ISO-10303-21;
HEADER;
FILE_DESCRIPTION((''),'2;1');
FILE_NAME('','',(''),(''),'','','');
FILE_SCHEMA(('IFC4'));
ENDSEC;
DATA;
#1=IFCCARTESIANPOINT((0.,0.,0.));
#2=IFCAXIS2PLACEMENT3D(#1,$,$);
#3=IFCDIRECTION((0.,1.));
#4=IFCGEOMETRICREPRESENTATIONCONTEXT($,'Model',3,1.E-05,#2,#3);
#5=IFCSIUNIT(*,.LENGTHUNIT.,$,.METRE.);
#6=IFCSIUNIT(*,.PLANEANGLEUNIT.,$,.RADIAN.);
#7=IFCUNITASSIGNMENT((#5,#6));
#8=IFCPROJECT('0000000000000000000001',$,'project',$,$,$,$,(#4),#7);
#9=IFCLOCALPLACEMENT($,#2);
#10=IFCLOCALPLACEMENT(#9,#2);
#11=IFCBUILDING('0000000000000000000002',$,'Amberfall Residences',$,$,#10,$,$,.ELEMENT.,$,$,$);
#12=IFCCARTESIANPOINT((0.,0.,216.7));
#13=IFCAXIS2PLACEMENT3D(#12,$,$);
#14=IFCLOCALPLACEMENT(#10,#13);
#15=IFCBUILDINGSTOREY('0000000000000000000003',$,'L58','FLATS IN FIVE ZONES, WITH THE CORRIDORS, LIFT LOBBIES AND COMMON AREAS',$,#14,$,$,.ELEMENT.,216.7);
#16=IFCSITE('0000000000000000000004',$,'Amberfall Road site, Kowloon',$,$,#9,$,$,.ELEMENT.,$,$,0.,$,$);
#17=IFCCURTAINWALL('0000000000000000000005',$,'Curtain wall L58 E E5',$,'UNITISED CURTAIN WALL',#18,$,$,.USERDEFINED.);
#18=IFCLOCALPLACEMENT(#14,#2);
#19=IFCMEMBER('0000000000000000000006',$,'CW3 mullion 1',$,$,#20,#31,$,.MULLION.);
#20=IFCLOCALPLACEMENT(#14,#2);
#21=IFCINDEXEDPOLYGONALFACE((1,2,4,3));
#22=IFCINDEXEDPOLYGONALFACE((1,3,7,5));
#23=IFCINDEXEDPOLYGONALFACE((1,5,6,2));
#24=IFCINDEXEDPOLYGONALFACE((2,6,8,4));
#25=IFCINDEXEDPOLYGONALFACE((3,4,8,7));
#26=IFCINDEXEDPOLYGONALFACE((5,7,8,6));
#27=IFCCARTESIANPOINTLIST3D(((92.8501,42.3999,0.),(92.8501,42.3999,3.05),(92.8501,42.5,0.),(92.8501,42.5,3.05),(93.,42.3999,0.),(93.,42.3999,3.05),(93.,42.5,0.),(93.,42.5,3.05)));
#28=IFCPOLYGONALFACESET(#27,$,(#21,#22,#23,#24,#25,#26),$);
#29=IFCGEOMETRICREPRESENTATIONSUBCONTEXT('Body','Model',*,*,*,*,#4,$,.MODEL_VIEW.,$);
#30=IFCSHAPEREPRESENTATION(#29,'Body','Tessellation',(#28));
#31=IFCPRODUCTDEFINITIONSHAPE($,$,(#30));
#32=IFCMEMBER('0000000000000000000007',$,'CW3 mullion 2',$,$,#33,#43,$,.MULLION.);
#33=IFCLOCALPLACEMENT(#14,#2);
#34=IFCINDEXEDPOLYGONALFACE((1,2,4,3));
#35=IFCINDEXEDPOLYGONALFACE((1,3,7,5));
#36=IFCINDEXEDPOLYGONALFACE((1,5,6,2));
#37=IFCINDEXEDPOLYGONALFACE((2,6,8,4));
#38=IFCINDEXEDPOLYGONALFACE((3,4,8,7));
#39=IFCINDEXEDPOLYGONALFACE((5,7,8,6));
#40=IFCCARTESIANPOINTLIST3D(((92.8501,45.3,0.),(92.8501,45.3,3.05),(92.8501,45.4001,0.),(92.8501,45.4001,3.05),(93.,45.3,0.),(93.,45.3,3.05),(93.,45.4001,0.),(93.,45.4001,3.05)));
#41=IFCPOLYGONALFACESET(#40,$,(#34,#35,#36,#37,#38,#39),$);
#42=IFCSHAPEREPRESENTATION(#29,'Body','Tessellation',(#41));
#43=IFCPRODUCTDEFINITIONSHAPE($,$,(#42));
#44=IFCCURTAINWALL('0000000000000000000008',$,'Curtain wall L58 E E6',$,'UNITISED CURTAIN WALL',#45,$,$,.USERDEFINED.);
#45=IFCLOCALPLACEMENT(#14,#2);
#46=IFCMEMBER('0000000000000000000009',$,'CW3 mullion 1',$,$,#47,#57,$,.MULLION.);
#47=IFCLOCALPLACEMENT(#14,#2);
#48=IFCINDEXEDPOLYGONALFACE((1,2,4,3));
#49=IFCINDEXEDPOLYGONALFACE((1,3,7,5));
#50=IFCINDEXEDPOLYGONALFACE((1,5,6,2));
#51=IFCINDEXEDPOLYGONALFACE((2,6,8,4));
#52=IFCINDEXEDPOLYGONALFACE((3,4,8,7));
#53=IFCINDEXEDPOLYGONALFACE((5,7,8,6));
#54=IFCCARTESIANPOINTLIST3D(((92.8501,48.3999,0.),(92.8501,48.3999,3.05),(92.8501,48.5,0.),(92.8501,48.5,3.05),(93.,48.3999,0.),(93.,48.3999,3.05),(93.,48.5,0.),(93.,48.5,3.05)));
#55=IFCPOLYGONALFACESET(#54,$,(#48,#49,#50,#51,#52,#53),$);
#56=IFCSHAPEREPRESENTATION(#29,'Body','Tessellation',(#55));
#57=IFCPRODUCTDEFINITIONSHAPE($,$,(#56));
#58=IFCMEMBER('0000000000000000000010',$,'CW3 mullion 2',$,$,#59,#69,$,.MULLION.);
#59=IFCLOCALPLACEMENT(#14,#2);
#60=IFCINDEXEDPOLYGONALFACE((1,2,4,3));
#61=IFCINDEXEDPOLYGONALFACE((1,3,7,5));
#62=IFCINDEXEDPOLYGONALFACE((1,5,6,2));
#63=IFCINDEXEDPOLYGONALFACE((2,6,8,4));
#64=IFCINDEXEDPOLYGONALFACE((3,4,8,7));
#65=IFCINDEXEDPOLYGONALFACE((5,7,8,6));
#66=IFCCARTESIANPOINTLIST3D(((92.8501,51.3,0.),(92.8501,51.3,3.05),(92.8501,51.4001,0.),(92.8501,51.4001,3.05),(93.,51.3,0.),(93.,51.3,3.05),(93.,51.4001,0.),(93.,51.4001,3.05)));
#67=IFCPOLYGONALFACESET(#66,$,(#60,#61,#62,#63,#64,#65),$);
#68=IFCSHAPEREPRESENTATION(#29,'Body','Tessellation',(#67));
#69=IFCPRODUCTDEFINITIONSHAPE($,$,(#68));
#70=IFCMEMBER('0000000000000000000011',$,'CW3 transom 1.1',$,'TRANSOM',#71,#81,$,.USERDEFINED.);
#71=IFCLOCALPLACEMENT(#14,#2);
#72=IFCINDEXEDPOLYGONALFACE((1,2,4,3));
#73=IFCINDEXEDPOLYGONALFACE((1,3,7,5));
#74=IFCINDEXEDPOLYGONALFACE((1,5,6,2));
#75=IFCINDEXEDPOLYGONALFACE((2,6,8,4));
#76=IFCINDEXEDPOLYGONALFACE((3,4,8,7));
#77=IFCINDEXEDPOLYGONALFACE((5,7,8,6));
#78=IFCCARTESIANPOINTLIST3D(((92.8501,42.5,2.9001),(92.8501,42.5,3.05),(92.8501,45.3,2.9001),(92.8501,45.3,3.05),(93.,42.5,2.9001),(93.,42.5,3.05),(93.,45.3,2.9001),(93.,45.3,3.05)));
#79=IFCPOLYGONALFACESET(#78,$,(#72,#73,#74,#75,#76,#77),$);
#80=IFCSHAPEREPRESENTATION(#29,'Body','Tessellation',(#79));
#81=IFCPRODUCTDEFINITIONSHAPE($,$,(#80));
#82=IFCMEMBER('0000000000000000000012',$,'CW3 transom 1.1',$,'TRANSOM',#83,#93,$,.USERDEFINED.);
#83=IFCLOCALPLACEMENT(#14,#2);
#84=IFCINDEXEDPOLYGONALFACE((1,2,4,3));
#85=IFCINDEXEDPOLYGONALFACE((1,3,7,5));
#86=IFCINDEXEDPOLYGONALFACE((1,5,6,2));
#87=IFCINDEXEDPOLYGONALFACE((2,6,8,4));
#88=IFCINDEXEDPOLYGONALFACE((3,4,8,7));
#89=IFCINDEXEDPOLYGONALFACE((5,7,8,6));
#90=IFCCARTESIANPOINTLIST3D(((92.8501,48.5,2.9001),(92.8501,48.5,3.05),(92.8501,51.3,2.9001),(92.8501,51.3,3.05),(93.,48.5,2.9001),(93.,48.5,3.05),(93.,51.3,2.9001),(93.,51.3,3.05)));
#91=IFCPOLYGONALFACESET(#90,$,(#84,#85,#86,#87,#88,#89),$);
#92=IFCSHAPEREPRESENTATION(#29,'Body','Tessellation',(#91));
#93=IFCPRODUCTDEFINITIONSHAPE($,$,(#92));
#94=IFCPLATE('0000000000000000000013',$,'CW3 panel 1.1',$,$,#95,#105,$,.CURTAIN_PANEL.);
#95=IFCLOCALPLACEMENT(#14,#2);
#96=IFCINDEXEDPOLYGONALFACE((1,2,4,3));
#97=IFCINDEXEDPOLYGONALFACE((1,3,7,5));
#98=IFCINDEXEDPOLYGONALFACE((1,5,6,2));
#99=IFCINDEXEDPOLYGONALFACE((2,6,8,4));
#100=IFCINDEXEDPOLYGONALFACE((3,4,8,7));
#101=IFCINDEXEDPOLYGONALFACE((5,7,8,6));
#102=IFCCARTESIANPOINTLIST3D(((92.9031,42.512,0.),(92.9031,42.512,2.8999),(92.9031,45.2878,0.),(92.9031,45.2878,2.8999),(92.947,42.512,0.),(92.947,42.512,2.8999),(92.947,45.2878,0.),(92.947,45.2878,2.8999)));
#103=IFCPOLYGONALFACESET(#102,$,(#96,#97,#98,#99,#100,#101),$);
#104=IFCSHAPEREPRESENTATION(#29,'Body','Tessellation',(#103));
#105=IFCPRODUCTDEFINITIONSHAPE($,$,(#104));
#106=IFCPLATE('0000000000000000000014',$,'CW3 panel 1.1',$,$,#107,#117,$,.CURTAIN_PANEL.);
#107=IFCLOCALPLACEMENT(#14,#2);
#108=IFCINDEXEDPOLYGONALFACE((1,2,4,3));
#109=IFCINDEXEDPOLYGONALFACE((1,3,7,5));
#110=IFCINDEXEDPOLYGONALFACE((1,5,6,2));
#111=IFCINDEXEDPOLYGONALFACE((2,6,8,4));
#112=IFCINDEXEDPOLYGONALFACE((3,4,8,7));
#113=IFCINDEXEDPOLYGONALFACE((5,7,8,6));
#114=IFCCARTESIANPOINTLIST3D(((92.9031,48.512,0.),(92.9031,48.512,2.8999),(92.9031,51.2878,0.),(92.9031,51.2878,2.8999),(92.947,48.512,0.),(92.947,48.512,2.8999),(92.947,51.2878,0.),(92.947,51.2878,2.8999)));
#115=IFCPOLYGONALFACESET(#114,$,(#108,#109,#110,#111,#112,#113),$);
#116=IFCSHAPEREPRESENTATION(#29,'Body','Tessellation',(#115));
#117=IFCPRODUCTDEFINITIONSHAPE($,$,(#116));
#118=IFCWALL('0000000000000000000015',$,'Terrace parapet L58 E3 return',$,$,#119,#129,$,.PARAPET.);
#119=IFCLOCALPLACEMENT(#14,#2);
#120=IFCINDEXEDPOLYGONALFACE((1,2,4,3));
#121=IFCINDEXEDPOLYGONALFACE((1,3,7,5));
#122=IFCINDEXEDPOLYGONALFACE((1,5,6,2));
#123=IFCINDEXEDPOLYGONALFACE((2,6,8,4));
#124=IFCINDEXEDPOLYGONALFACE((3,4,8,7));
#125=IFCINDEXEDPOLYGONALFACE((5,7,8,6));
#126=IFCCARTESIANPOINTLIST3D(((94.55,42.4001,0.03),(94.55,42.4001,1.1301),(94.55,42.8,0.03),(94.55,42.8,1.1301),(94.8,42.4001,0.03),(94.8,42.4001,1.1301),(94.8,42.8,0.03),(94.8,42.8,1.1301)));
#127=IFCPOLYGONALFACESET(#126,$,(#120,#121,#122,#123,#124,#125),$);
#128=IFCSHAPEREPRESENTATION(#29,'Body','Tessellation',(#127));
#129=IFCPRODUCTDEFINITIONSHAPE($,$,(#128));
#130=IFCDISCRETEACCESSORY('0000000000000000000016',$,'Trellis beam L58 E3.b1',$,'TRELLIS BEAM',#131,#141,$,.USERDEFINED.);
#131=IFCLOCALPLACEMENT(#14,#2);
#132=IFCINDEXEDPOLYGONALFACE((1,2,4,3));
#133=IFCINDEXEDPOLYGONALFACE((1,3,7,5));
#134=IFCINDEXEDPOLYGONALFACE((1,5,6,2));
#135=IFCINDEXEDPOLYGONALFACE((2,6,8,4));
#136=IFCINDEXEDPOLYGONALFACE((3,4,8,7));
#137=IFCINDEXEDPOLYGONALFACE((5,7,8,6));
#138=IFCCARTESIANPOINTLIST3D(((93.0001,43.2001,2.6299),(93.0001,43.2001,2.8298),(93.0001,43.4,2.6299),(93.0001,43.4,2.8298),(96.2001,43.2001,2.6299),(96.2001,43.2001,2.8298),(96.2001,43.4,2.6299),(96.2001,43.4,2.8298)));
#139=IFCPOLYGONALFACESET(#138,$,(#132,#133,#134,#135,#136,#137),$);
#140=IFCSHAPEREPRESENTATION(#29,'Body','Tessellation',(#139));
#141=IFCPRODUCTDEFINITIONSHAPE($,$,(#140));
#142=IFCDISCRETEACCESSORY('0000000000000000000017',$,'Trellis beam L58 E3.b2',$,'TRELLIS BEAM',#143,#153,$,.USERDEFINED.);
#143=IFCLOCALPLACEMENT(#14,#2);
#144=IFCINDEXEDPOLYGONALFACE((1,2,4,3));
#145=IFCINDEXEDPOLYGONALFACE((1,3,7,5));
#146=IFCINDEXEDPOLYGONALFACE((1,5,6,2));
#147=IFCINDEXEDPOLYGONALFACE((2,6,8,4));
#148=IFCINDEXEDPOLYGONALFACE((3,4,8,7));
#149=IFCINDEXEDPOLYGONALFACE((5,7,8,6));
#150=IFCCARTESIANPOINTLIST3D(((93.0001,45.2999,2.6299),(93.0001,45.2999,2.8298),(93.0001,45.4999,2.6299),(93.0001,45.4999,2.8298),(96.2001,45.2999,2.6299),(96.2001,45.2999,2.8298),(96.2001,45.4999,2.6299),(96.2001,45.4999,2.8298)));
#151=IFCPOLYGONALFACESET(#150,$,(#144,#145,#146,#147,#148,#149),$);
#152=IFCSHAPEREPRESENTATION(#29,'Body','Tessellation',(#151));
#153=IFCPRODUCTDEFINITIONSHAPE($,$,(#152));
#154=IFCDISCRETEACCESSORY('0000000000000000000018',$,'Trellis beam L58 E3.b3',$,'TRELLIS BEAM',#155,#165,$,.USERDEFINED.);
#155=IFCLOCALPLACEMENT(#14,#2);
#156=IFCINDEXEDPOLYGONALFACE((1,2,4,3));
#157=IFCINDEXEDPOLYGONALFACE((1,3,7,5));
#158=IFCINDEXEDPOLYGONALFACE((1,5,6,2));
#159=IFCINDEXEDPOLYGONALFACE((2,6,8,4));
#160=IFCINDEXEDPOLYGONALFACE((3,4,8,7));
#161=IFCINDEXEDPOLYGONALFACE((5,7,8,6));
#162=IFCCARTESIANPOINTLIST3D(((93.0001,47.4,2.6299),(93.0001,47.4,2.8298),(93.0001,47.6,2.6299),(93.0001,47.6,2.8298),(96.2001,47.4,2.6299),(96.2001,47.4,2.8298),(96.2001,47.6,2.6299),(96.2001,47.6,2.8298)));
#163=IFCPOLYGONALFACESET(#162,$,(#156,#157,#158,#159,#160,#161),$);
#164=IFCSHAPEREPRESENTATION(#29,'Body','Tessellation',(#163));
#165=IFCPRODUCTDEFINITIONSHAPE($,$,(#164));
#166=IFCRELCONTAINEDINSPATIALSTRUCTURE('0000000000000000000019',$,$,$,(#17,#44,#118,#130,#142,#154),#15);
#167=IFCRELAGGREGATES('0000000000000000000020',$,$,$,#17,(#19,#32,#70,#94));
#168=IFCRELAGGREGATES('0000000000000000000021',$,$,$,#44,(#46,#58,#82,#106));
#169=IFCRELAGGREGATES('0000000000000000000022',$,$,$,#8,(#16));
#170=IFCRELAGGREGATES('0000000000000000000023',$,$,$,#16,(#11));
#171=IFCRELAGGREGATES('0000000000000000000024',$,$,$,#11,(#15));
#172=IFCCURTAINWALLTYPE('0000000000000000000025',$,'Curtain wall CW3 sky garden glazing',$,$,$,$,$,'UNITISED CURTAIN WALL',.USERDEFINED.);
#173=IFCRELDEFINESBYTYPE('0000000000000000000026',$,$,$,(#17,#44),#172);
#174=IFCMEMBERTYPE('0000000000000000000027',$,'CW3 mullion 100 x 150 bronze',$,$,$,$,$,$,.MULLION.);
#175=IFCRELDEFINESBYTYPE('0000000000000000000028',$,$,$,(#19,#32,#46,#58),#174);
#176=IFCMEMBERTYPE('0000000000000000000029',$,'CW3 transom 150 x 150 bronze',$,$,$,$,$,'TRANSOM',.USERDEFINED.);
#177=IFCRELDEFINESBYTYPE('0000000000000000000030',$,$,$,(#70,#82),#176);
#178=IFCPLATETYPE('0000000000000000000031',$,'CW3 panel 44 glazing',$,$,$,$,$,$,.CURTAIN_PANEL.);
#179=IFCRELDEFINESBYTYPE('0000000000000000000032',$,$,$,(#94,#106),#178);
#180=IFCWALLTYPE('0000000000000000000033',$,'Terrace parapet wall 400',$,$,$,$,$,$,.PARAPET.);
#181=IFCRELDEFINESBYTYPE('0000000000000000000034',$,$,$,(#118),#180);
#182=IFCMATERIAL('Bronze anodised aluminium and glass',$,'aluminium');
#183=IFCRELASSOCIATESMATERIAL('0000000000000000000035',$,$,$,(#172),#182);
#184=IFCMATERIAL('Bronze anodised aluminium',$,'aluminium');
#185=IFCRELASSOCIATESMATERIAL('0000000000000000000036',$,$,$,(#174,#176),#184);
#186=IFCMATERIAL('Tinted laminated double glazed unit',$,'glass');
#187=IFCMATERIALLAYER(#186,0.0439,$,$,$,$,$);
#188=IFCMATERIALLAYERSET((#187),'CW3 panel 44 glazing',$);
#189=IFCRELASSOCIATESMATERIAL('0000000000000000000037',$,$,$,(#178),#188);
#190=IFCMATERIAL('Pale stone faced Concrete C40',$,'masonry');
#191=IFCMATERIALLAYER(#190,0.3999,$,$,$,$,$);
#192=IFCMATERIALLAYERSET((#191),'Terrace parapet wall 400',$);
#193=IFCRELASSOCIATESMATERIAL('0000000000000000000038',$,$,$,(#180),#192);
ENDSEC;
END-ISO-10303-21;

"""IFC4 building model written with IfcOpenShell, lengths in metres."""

from ifc_helpers import new_model, si_unit, direction, frame, frame_2d, origin, origin_2d, place, context, subcontext, project, spatial, rectangle, extrude, material, layer, layer_set, material_profile, profile_set, type_object, element, aggregate, save


model = new_model("IFC4")

# Units and contexts
model_context = context("Model", 3, precision=1e-05, world=origin(), true_north=direction((0.0, 1.0)))
body_context = subcontext(model_context, "Body", "Model", "MODEL_VIEW")
ifc_project = project(units=[si_unit("LENGTHUNIT", "METRE"), si_unit("PLANEANGLEUNIT", "RADIAN")], contexts=[model_context])

# Site, building, storey
site_placement = place(None, origin())
site = spatial("IfcSite", under=ifc_project, at=site_placement, Name="Amberfall Road site, Kowloon", CompositionType="ELEMENT", RefElevation=0.0)
building_placement = place(site_placement, origin())
building = spatial("IfcBuilding", under=site, at=building_placement, Name="Amberfall Residences", CompositionType="ELEMENT")
storey_placement = place(building_placement, frame((0.0, 0.0, 216.7)))
storey = spatial("IfcBuildingStorey", under=building, at=storey_placement, Name="L58", Description="FLATS IN FIVE ZONES, WITH THE CORRIDORS, LIFT LOBBIES AND COMMON AREAS", CompositionType="ELEMENT", Elevation=216.7)

# Curtain walls, members
ifc_material_1 = material(Name="Bronze anodised aluminium and glass", Category="aluminium")
curtain_wall_type = type_object("IfcCurtainWallType", Name="Curtain wall CW3 sky garden glazing", ElementType="UNITISED CURTAIN WALL", PredefinedType="USERDEFINED", material=ifc_material_1)
curtain_wall_1_placement = place(storey_placement, origin())
curtain_wall_1 = element("IfcCurtainWall", 1, at=curtain_wall_1_placement, inside=storey, type_object=curtain_wall_type, Name="Curtain wall L58 E E5", ObjectType="UNITISED CURTAIN WALL", PredefinedType="USERDEFINED")
ifc_material_2 = material(Name="Bronze anodised aluminium", Category="aluminium")
ifc_material_profile_1 = material_profile(ifc_material_2, rectangle(XDim=0.1499, YDim=0.1001, at=origin_2d()), Name="CW3 mullion 100 x 150 bronze")
ifc_profile_set_1 = profile_set([ifc_material_profile_1], Name="Bronze anodised aluminium")
member_type_1 = type_object("IfcMemberType", Name="CW3 mullion 100 x 150 bronze", PredefinedType="MULLION", material=ifc_profile_set_1)
member_1_placement = place(storey_placement, frame((92.925, 42.45, 0.0), z_axis=(0.0, 0.0, 1.0), x_axis=(-1.0, 0.0, 0.0)))
member_1 = element("IfcMember", 2, at=member_1_placement, type_object=member_type_1, Name="CW3 mullion 1", PredefinedType="MULLION", context=body_context, shape_type="SweptSolid", body=[
    extrude(rectangle(XDim=0.1499, YDim=0.1001, at=origin_2d()), origin(), (0.0, 0.0, 1.0), 3.05),
])
member_2_placement = place(storey_placement, frame((92.925, 45.3501, 0.0), z_axis=(0.0, 0.0, 1.0), x_axis=(-1.0, 0.0, 0.0)))
member_2 = element("IfcMember", 3, at=member_2_placement, type_object=member_type_1, Name="CW3 mullion 2", PredefinedType="MULLION", context=body_context, shape_type="SweptSolid", body=[
    extrude(rectangle(XDim=0.1499, YDim=0.1001, at=origin_2d()), origin(), (0.0, 0.0, 1.0), 3.05),
])
curtain_wall_2_placement = place(storey_placement, origin())
curtain_wall_2 = element("IfcCurtainWall", 4, at=curtain_wall_2_placement, inside=storey, type_object=curtain_wall_type, Name="Curtain wall L58 E E6", ObjectType="UNITISED CURTAIN WALL", PredefinedType="USERDEFINED")
member_3_placement = place(storey_placement, frame((92.925, 48.45, 0.0), z_axis=(0.0, 0.0, 1.0), x_axis=(-1.0, 0.0, 0.0)))
member_3 = element("IfcMember", 5, at=member_3_placement, type_object=member_type_1, Name="CW3 mullion 1", PredefinedType="MULLION", context=body_context, shape_type="SweptSolid", body=[
    extrude(rectangle(XDim=0.1499, YDim=0.1001, at=origin_2d()), origin(), (0.0, 0.0, 1.0), 3.05),
])
member_4_placement = place(storey_placement, frame((92.925, 51.3501, 0.0), z_axis=(0.0, 0.0, 1.0), x_axis=(-1.0, 0.0, 0.0)))
member_4 = element("IfcMember", 6, at=member_4_placement, type_object=member_type_1, Name="CW3 mullion 2", PredefinedType="MULLION", context=body_context, shape_type="SweptSolid", body=[
    extrude(rectangle(XDim=0.1499, YDim=0.1001, at=origin_2d()), origin(), (0.0, 0.0, 1.0), 3.05),
])

# Members
ifc_material_profile_2 = material_profile(ifc_material_2, rectangle(XDim=0.1499, YDim=0.1499, at=origin_2d()), Name="CW3 transom 150 x 150 bronze")
ifc_profile_set_2 = profile_set([ifc_material_profile_2], Name="Bronze anodised aluminium")
member_type_2 = type_object("IfcMemberType", Name="CW3 transom 150 x 150 bronze", ElementType="TRANSOM", PredefinedType="USERDEFINED", material=ifc_profile_set_2)
member_5_placement = place(storey_placement, frame((92.925, 42.5, 2.9751), z_axis=(0.0, 1.0, 0.0), x_axis=(-1.0, 0.0, 0.0)))
member_5 = element("IfcMember", 7, at=member_5_placement, type_object=member_type_2, Name="CW3 transom 1.1", ObjectType="TRANSOM", PredefinedType="USERDEFINED", context=body_context, shape_type="SweptSolid", body=[
    extrude(rectangle(XDim=0.1499, YDim=0.1499, at=origin_2d()), origin(), (0.0, 0.0, 1.0), 2.8),
])
member_6_placement = place(storey_placement, frame((92.925, 48.5, 2.9751), z_axis=(0.0, 1.0, 0.0), x_axis=(-1.0, 0.0, 0.0)))
member_6 = element("IfcMember", 8, at=member_6_placement, type_object=member_type_2, Name="CW3 transom 1.1", ObjectType="TRANSOM", PredefinedType="USERDEFINED", context=body_context, shape_type="SweptSolid", body=[
    extrude(rectangle(XDim=0.1499, YDim=0.1499, at=origin_2d()), origin(), (0.0, 0.0, 1.0), 2.8),
])

# Plates
ifc_material_3 = material(Name="Tinted laminated double glazed unit", Category="glass")
ifc_layer_1 = layer(ifc_material_3, 0.0439)
ifc_layer_set_1 = layer_set([ifc_layer_1], Name="CW3 panel 44 glazing")
plate_type = type_object("IfcPlateType", Name="CW3 panel 44 glazing", PredefinedType="CURTAIN_PANEL", material=ifc_layer_set_1)
plate_1_placement = place(storey_placement, frame((92.925, 43.8999, 0.0), z_axis=(0.0, 0.0, 1.0), x_axis=(0.0, 1.0, 0.0)))
plate_1 = element("IfcPlate", 9, at=plate_1_placement, type_object=plate_type, Name="CW3 panel 1.1", PredefinedType="CURTAIN_PANEL", context=body_context, shape_type="SweptSolid", body=[
    extrude(rectangle(XDim=2.7759, YDim=0.0439, at=origin_2d()), origin(), (0.0, 0.0, 1.0), 2.8999),
])
aggregate(curtain_wall_1, [member_1, member_2, member_5, plate_1])
plate_2_placement = place(storey_placement, frame((92.925, 49.8999, 0.0), z_axis=(0.0, 0.0, 1.0), x_axis=(0.0, 1.0, 0.0)))
plate_2 = element("IfcPlate", 10, at=plate_2_placement, type_object=plate_type, Name="CW3 panel 1.1", PredefinedType="CURTAIN_PANEL", context=body_context, shape_type="SweptSolid", body=[
    extrude(rectangle(XDim=2.7759, YDim=0.0439, at=origin_2d()), origin(), (0.0, 0.0, 1.0), 2.8999),
])
aggregate(curtain_wall_2, [member_3, member_4, member_6, plate_2])

# Wall
ifc_material_4 = material(Name="Pale stone faced Concrete C40", Category="masonry")
ifc_layer_2 = layer(ifc_material_4, 0.3999)
ifc_layer_set_2 = layer_set([ifc_layer_2], Name="Terrace parapet wall 400")
wall_type_1 = type_object("IfcWallType", Name="Terrace parapet wall 400", PredefinedType="PARAPET", material=ifc_layer_set_2)
wall_1_placement = place(storey_placement, frame((94.55, 42.6001, 0.03), z_axis=(0.0, 0.0, 1.0), x_axis=(1.0, 0.0, 0.0)))
element("IfcWall", 11, at=wall_1_placement, inside=storey, type_object=wall_type_1, Name="Terrace parapet L58 E3 return", PredefinedType="PARAPET", context=body_context, shape_type="SweptSolid", body=[
    extrude(rectangle(XDim=0.25, YDim=0.3999, at=frame_2d((0.125, 0.0))), origin(), (0.0, 0.0, 1.0), 1.1001),
])

# Discrete accessories
for number, where, z_axis, x_axis, name in (
    (12, (94.6001, 43.3, 2.6299), (0.0, 0.0, 1.0), (-1.0, 0.0, 0.0), "Trellis beam L58 E3.b1"),
    (13, (94.6001, 45.3999, 2.6299), (0.0, 0.0, 1.0), (-1.0, 0.0, 0.0), "Trellis beam L58 E3.b2"),
    (14, (94.6001, 47.5, 2.6299), (0.0, 0.0, 1.0), (-1.0, 0.0, 0.0), "Trellis beam L58 E3.b3"),
):
    element("IfcDiscreteAccessory", number, at=place(storey_placement, frame(where, z_axis=z_axis, x_axis=x_axis)), inside=storey, Name=name, ObjectType="TRELLIS BEAM", PredefinedType="USERDEFINED", context=body_context, shape_type="SweptSolid", body=[
        extrude(rectangle(XDim=3.2, YDim=0.2, at=origin_2d()), origin(), (0.0, 0.0, 1.0), 0.2),
    ])

save(model, "model.ifc")
